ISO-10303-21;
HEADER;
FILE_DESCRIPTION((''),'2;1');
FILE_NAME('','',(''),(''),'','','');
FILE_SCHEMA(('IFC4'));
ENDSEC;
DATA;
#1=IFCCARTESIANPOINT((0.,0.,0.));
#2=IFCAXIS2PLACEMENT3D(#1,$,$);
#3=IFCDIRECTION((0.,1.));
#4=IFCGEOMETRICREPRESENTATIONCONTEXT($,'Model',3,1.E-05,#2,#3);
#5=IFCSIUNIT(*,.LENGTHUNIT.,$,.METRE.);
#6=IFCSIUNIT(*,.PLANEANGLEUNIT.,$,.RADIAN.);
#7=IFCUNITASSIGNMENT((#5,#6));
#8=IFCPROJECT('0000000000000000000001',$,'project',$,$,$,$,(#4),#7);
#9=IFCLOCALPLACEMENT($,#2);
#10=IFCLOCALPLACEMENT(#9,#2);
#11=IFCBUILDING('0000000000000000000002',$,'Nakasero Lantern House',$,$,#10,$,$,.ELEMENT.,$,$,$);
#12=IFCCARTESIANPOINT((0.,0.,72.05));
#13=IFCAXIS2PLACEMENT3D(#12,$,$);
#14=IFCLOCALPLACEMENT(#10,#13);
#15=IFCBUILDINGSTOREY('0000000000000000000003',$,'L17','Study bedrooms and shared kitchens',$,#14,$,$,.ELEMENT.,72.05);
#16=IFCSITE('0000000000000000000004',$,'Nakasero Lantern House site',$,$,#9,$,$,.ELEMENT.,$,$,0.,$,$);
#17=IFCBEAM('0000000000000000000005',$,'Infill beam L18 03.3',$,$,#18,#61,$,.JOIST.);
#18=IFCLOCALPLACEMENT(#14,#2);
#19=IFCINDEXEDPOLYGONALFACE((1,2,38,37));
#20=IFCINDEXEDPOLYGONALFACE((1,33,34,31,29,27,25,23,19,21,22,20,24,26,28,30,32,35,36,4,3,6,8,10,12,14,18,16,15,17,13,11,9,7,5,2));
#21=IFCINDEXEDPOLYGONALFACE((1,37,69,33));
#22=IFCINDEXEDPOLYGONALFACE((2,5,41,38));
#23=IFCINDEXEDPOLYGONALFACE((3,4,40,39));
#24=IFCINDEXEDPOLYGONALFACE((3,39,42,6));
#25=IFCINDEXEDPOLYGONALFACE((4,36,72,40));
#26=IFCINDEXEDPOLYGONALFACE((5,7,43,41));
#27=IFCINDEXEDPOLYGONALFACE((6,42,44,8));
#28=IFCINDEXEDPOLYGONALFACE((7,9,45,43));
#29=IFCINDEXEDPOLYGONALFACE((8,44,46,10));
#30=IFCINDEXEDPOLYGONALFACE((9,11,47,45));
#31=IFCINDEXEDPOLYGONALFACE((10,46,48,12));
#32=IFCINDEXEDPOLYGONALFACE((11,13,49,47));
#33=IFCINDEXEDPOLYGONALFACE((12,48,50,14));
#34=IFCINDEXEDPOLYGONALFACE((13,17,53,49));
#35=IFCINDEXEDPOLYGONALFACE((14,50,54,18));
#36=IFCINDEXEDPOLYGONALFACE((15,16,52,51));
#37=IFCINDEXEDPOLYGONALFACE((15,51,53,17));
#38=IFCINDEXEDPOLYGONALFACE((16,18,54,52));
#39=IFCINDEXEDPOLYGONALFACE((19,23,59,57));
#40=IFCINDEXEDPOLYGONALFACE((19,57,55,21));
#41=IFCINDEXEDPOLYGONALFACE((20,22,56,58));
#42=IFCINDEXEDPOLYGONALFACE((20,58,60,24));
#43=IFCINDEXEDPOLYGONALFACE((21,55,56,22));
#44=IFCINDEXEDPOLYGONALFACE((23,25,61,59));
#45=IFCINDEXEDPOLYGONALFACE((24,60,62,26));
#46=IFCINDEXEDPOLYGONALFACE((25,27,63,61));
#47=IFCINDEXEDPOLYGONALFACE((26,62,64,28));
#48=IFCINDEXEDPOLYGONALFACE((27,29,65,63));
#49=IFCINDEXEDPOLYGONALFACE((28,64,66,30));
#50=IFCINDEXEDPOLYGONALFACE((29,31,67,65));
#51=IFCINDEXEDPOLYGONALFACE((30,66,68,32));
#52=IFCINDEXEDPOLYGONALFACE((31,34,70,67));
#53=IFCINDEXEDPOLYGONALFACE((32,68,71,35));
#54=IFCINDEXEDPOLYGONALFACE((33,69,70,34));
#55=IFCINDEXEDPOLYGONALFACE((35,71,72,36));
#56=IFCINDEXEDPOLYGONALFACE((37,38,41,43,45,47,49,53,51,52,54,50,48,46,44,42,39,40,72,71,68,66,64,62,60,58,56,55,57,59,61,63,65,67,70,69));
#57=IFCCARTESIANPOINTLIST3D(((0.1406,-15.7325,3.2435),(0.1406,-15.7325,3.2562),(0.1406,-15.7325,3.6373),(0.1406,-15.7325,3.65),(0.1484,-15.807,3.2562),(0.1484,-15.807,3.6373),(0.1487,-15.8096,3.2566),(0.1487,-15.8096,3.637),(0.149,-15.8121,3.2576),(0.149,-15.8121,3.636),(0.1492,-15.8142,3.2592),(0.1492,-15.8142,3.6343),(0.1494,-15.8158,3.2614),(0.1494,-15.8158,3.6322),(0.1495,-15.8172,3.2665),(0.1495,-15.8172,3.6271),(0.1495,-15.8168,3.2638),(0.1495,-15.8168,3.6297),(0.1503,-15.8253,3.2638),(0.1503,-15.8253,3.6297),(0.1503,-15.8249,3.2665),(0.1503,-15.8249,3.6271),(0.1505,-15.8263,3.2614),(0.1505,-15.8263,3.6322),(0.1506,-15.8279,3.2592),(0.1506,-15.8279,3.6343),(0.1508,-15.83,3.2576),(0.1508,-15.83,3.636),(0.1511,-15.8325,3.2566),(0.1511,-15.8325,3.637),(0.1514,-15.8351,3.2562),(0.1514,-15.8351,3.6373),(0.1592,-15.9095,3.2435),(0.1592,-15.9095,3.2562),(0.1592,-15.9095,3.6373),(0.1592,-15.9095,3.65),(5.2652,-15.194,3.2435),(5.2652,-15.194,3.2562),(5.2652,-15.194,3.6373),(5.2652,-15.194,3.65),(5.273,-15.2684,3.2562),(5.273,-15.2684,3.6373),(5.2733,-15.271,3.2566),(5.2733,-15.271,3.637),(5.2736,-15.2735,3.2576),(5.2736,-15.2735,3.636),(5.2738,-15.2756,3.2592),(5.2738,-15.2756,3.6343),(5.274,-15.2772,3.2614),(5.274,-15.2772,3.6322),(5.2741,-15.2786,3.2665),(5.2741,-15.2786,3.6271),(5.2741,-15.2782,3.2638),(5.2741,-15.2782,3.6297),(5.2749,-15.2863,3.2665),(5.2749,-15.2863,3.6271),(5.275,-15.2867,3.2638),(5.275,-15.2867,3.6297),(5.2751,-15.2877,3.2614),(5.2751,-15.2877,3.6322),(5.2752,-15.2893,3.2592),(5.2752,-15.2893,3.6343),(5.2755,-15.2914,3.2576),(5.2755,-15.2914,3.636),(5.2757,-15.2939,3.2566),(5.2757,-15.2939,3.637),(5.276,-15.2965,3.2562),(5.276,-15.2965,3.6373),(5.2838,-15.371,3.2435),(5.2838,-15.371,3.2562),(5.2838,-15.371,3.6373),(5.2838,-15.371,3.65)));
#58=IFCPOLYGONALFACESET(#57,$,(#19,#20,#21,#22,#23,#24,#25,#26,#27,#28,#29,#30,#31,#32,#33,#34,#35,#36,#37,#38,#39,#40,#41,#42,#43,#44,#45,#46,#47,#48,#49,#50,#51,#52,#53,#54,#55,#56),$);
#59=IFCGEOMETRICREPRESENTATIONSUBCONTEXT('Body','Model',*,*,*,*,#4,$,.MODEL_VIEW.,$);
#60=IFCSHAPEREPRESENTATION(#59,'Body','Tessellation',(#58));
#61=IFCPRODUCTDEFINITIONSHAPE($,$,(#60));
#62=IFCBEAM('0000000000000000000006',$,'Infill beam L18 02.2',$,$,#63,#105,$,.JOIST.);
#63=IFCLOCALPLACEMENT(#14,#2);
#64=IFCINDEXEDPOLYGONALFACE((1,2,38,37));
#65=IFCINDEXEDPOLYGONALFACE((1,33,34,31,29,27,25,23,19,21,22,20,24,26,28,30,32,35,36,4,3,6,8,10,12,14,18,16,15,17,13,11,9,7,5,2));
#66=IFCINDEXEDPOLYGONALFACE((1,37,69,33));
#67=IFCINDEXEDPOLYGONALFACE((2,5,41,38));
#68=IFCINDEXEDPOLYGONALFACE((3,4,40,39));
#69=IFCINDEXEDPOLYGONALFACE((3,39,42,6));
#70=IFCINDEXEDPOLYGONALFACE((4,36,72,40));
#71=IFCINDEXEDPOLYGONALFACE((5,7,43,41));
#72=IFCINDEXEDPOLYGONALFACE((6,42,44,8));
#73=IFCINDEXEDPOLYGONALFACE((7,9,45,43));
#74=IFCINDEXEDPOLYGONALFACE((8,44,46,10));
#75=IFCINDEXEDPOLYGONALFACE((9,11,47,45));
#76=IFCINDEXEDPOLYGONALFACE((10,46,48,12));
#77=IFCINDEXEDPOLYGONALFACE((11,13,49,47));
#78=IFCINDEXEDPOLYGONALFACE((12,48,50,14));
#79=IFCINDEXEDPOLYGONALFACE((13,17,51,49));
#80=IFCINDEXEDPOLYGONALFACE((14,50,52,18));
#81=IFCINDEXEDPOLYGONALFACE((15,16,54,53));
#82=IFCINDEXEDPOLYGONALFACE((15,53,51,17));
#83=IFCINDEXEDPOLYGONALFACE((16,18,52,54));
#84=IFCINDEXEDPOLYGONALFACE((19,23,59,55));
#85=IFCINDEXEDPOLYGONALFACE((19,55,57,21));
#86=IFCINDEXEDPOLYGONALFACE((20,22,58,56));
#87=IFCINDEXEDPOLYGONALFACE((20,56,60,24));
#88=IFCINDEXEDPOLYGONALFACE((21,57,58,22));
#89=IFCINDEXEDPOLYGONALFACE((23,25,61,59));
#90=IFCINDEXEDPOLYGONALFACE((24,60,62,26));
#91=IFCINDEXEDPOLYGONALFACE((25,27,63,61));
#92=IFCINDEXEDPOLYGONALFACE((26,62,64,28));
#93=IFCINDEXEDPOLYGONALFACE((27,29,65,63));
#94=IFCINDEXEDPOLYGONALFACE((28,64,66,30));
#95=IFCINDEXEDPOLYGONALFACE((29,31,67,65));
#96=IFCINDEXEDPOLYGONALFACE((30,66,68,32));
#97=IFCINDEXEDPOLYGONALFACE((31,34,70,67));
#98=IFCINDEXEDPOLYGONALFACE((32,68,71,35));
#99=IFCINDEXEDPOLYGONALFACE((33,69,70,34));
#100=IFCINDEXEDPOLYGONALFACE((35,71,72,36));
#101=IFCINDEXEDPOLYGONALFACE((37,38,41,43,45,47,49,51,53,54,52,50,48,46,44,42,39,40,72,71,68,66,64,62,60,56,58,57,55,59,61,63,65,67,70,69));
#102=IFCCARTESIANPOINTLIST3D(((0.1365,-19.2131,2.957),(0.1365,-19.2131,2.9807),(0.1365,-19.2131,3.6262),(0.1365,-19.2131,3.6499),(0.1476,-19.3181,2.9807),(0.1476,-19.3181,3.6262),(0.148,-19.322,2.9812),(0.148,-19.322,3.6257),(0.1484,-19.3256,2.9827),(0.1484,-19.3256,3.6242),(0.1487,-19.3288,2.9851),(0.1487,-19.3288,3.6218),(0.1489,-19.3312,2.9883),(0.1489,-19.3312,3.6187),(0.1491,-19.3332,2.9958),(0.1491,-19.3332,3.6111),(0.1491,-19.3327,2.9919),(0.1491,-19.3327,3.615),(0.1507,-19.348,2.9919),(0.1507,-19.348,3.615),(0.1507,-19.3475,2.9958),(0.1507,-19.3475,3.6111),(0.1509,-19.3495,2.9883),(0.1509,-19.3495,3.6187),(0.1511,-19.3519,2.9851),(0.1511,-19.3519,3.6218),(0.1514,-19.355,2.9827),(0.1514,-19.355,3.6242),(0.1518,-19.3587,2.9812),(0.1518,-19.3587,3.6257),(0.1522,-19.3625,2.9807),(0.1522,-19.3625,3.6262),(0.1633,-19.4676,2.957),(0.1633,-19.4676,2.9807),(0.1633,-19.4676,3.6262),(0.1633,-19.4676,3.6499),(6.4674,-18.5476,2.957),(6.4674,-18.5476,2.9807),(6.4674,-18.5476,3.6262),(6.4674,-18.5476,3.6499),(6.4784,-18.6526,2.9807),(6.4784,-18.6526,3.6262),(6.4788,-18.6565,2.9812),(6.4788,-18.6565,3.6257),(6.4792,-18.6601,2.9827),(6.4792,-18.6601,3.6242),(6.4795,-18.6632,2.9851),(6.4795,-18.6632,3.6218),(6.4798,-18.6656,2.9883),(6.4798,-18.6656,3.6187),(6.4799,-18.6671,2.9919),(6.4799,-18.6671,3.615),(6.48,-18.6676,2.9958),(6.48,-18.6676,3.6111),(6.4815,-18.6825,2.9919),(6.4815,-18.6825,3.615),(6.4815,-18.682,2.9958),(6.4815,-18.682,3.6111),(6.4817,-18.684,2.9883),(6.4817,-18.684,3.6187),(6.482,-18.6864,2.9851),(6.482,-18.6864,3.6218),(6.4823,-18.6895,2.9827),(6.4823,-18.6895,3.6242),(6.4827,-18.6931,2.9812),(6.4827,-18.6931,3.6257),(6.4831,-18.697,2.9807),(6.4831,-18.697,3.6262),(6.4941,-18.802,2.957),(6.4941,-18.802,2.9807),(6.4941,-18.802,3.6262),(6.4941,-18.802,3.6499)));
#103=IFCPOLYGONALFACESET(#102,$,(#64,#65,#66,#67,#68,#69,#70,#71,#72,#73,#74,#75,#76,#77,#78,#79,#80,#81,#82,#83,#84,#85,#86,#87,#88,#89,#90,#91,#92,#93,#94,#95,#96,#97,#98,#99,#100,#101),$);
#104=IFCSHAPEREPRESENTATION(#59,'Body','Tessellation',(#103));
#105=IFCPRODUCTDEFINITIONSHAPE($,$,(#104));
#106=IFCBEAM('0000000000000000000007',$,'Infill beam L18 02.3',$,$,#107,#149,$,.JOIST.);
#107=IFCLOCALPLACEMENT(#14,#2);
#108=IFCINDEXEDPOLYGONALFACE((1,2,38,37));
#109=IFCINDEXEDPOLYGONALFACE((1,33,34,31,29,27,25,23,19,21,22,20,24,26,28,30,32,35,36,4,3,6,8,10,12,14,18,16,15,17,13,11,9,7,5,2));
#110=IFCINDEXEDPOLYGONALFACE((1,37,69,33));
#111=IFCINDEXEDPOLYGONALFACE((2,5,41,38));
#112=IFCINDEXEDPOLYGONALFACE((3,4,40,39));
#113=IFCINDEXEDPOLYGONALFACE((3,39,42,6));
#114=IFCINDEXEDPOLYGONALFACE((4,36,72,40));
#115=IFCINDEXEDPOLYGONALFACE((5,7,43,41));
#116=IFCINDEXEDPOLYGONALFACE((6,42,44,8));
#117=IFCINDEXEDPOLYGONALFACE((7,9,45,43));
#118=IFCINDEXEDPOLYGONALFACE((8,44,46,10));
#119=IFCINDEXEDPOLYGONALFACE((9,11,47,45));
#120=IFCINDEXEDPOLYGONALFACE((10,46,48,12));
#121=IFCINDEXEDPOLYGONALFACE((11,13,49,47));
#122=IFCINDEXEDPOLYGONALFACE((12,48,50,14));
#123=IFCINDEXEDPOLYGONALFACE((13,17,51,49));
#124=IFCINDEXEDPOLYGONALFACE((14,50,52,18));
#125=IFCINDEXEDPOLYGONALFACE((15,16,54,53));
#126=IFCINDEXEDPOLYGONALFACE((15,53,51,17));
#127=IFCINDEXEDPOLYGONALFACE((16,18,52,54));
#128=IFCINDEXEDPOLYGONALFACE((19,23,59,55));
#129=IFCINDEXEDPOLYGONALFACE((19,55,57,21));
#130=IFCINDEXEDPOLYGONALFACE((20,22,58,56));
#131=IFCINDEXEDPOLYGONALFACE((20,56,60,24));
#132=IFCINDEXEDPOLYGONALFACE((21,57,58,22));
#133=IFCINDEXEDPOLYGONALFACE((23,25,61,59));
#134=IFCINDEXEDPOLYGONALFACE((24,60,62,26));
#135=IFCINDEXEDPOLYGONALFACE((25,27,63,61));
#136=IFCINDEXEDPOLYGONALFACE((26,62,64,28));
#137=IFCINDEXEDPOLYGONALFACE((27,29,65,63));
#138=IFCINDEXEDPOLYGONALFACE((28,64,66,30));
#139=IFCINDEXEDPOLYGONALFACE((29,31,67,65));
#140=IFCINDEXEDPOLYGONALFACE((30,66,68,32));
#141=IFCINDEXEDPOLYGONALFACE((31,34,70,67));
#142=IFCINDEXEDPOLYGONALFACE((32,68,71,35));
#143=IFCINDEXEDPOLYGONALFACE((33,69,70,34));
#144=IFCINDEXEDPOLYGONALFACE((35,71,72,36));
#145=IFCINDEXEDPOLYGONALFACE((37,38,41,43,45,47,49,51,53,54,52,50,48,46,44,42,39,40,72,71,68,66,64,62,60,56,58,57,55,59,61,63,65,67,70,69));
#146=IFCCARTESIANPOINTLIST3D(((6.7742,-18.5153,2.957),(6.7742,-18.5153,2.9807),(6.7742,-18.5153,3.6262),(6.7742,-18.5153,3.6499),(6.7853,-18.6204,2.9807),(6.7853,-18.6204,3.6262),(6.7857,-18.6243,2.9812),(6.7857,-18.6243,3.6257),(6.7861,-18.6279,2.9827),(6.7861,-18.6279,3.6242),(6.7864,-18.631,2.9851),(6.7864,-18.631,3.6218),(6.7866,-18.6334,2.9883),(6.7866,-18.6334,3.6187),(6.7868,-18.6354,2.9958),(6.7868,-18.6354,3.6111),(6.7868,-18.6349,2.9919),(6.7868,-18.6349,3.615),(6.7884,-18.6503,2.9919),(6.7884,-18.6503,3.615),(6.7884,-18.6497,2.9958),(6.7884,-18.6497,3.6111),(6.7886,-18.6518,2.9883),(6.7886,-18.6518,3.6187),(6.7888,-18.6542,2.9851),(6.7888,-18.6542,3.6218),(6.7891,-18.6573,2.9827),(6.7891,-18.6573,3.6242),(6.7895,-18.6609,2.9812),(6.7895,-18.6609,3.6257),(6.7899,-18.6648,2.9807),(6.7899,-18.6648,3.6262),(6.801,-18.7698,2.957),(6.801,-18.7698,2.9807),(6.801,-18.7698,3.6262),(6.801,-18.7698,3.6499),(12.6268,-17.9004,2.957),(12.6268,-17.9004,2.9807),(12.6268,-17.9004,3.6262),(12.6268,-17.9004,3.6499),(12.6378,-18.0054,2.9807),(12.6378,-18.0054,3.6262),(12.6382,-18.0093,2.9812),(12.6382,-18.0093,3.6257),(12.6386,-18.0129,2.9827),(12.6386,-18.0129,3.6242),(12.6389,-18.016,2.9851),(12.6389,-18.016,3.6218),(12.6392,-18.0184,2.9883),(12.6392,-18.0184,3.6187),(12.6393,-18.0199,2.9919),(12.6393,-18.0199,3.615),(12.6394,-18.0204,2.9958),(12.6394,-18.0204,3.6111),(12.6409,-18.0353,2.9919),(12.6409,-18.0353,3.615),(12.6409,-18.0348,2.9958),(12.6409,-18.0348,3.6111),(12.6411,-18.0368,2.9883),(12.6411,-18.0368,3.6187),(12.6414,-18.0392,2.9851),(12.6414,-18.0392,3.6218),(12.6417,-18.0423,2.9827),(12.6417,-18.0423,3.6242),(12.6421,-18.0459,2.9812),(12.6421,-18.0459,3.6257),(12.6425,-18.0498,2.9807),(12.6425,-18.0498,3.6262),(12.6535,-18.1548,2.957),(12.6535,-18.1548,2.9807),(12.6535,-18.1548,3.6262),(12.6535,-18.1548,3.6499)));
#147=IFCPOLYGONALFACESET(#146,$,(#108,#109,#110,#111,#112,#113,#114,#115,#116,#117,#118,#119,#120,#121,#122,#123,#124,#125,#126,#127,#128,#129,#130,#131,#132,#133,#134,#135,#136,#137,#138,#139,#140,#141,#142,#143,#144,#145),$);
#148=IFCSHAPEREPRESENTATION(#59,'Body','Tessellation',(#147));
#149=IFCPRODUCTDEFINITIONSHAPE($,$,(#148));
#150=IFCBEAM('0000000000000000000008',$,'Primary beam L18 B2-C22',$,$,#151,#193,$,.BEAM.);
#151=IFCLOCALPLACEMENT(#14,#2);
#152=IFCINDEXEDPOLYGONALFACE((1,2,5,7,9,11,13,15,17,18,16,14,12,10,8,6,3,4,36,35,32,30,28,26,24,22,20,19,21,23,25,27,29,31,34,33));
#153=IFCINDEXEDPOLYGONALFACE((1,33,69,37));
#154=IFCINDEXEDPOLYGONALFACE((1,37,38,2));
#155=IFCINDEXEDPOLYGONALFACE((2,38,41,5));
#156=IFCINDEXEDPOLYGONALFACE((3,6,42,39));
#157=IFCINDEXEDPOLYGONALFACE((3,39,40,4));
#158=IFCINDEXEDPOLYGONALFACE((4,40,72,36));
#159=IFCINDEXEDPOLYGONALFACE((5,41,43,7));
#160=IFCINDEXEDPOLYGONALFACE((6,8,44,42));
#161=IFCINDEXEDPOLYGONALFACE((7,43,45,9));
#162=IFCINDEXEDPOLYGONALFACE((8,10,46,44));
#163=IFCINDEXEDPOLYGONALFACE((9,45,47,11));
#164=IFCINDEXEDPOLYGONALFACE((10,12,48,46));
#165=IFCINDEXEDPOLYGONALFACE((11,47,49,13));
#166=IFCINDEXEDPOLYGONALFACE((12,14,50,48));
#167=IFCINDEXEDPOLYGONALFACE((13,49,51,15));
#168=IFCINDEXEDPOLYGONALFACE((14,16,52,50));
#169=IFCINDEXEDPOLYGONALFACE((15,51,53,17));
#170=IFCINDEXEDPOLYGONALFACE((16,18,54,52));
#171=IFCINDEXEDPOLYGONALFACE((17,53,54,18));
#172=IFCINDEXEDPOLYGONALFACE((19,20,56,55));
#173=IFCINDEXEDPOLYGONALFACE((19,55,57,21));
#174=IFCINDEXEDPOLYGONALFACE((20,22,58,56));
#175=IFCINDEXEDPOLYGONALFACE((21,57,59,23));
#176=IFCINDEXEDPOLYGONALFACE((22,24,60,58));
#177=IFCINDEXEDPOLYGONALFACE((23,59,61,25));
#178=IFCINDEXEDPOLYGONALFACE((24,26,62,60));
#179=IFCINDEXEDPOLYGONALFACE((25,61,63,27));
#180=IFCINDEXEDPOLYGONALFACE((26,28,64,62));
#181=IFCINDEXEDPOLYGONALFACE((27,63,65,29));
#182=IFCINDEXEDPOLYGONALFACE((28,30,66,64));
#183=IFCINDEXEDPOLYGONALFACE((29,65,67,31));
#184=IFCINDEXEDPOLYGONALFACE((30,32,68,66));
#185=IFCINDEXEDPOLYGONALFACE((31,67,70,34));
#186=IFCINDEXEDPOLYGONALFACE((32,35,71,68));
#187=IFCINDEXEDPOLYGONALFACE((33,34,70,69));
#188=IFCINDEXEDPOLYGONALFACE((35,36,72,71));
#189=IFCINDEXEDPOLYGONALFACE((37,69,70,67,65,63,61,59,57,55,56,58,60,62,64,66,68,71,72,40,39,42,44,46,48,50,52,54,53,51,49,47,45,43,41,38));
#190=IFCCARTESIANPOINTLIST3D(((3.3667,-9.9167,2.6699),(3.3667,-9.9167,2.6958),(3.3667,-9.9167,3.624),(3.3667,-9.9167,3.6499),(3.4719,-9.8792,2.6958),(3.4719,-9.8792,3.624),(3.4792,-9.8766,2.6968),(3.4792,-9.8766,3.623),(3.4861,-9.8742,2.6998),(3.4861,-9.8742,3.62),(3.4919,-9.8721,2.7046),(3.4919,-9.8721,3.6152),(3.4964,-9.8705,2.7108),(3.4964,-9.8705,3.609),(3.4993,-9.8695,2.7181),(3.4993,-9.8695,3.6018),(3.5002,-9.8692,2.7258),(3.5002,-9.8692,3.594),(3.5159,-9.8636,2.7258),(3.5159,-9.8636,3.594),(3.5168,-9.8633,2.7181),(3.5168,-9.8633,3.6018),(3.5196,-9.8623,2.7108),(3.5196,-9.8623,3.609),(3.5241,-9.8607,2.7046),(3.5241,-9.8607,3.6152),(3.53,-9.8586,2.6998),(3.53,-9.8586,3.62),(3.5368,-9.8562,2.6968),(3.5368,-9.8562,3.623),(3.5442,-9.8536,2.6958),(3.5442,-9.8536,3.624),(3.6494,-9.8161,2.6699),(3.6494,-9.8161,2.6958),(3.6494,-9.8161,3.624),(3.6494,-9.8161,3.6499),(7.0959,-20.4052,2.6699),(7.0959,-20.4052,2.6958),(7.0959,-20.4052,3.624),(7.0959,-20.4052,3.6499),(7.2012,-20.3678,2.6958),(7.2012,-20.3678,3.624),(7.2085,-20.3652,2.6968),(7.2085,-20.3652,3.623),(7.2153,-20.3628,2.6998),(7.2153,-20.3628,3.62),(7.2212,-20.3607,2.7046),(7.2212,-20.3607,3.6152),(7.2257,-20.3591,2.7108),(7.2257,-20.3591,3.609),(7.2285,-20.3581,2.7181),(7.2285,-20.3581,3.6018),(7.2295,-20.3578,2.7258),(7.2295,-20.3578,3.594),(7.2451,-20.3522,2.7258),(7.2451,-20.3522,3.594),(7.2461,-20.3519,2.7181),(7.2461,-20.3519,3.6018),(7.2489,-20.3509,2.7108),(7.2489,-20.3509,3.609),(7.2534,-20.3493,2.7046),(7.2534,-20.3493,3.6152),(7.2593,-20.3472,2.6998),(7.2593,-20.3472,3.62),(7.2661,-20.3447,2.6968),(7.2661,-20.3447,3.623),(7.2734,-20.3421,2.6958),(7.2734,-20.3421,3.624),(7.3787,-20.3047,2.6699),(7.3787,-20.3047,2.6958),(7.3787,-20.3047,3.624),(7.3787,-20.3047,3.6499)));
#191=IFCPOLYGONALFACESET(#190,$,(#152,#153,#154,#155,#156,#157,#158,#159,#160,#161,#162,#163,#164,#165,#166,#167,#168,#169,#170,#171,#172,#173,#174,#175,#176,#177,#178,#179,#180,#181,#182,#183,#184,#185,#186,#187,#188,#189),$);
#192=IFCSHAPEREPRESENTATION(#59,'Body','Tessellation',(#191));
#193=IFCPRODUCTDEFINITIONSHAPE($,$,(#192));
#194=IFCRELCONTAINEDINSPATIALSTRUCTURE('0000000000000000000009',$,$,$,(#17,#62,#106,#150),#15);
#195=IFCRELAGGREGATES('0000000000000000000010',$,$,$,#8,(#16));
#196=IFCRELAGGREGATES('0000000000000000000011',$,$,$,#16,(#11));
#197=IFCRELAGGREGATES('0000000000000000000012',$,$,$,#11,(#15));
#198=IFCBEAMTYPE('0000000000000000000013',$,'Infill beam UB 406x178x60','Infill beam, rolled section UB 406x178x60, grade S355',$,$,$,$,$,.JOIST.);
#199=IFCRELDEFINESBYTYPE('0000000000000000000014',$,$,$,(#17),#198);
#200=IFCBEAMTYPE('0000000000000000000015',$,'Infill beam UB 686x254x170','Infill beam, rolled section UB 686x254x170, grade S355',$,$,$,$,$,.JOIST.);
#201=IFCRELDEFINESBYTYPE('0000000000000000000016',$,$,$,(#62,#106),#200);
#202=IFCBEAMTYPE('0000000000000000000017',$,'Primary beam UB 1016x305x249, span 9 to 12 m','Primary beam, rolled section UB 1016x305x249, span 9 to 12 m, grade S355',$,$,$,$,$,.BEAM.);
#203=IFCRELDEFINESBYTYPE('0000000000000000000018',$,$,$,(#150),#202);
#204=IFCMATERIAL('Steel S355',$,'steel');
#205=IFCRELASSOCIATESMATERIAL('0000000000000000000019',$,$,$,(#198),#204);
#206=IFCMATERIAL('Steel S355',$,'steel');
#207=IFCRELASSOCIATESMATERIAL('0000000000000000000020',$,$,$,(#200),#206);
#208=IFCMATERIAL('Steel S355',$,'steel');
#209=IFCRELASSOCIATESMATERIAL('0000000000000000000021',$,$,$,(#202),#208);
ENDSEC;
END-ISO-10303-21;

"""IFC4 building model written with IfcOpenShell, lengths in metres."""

from ifc_helpers import new_model, si_unit, direction, frame, origin, origin_2d, place, context, subcontext, project, spatial, i_section, extrude, material, material_profile, profile_set, type_object, element, save


model = new_model("IFC4")

# Units and contexts
model_context = context("Model", 3, precision=1e-05, world=origin(), true_north=direction((0.0, 1.0)))
body_context = subcontext(model_context, "Body", "Model", "MODEL_VIEW")
ifc_project = project(units=[si_unit("LENGTHUNIT", "METRE"), si_unit("PLANEANGLEUNIT", "RADIAN")], contexts=[model_context])

# Site, building, storey
site_placement = place(None, origin())
site = spatial("IfcSite", under=ifc_project, at=site_placement, Name="Nakasero Lantern House site", CompositionType="ELEMENT", RefElevation=0.0)
building_placement = place(site_placement, origin())
building = spatial("IfcBuilding", under=site, at=building_placement, Name="Nakasero Lantern House", CompositionType="ELEMENT")
storey_placement = place(building_placement, frame((0.0, 0.0, 72.05)))
storey = spatial("IfcBuildingStorey", under=building, at=storey_placement, Name="L17", Description="Study bedrooms and shared kitchens", CompositionType="ELEMENT", Elevation=72.05)

# Beams
ifc_material_1 = material(Name="Steel S355", Category="steel")
ifc_material_profile_1 = material_profile(ifc_material_1, i_section(OverallWidth=0.178, OverallDepth=0.4065, WebThickness=0.0078, FlangeThickness=0.0127, FilletRadius=0.0103, at=origin_2d()), Name="UB 406x178x60")
ifc_profile_set_1 = profile_set([ifc_material_profile_1], Name="Steel S355")
beam_type_1 = type_object("IfcBeamType", Name="Infill beam UB 406x178x60", Description="Infill beam, rolled section UB 406x178x60, grade S355", PredefinedType="JOIST", material=ifc_profile_set_1)
beam_1_placement = place(storey_placement, frame((0.1499, -15.821, 3.4468), z_axis=(0.994523, 0.104522, 0.0), x_axis=(-0.104522, 0.994523, 0.0)))
element("IfcBeam", 1, at=beam_1_placement, inside=storey, type_object=beam_type_1, Name="Infill beam L18 03.3", PredefinedType="JOIST", context=body_context, shape_type="SweptSolid", body=[
    extrude(i_section(OverallWidth=0.178, OverallDepth=0.4065, WebThickness=0.0078, FlangeThickness=0.0127, FilletRadius=0.0103, at=origin_2d()), origin(), (0.0, 0.0, 1.0), 5.1528),
])
ifc_material_2 = material(Name="Steel S355", Category="steel")
ifc_material_profile_2 = material_profile(ifc_material_2, i_section(OverallWidth=0.2559, OverallDepth=0.6929, WebThickness=0.0144, FlangeThickness=0.0237, FilletRadius=0.0151, at=origin_2d()), Name="UB 686x254x170")
ifc_profile_set_2 = profile_set([ifc_material_profile_2], Name="Steel S355")
beam_type_2 = type_object("IfcBeamType", Name="Infill beam UB 686x254x170", Description="Infill beam, rolled section UB 686x254x170, grade S355", PredefinedType="JOIST", material=ifc_profile_set_2)
beam_2_placement = place(storey_placement, frame((0.1499, -19.3403, 3.3035), z_axis=(0.99452, 0.104549, 0.0), x_axis=(-0.104549, 0.99452, 0.0)))
element("IfcBeam", 2, at=beam_2_placement, inside=storey, type_object=beam_type_2, Name="Infill beam L18 02.2", PredefinedType="JOIST", context=body_context, shape_type="SweptSolid", body=[
    extrude(i_section(OverallWidth=0.2559, OverallDepth=0.6929, WebThickness=0.0144, FlangeThickness=0.0237, FilletRadius=0.0151, at=origin_2d()), origin(), (0.0, 0.0, 1.0), 6.3657),
])
beam_3_placement = place(storey_placement, frame((6.7876, -18.6426, 3.3035), z_axis=(0.994524, 0.104506, 0.0), x_axis=(-0.104506, 0.994524, 0.0)))
element("IfcBeam", 3, at=beam_3_placement, inside=storey, type_object=beam_type_2, Name="Infill beam L18 02.3", PredefinedType="JOIST", context=body_context, shape_type="SweptSolid", body=[
    extrude(i_section(OverallWidth=0.2559, OverallDepth=0.6929, WebThickness=0.0144, FlangeThickness=0.0237, FilletRadius=0.0151, at=origin_2d()), origin(), (0.0, 0.0, 1.0), 5.8848),
])
ifc_material_3 = material(Name="Steel S355", Category="steel")
ifc_material_profile_3 = material_profile(ifc_material_3, i_section(OverallWidth=0.3, OverallDepth=0.98, WebThickness=0.0166, FlangeThickness=0.0259, FilletRadius=0.03, at=origin_2d()), Name="UB 1016x305x249")
ifc_profile_set_3 = profile_set([ifc_material_profile_3], Name="Steel S355")
beam_type_3 = type_object("IfcBeamType", Name="Primary beam UB 1016x305x249, span 9 to 12 m", Description="Primary beam, rolled section UB 1016x305x249, span 9 to 12 m, grade S355", PredefinedType="BEAM", material=ifc_profile_set_3)
beam_4_placement = place(storey_placement, frame((7.2373, -20.355, 3.1599), z_axis=(-0.335009, 0.942215, 0.0), x_axis=(-0.942215, -0.335009, 0.0)))
element("IfcBeam", 4, at=beam_4_placement, inside=storey, type_object=beam_type_3, Name="Primary beam L18 B2-C22", PredefinedType="BEAM", context=body_context, shape_type="SweptSolid", body=[
    extrude(i_section(OverallWidth=0.3, OverallDepth=0.98, WebThickness=0.0166, FlangeThickness=0.0259, FilletRadius=0.03, at=origin_2d()), origin(), (0.0, 0.0, 1.0), 11.1318),
])

save(model, "model.ifc")
